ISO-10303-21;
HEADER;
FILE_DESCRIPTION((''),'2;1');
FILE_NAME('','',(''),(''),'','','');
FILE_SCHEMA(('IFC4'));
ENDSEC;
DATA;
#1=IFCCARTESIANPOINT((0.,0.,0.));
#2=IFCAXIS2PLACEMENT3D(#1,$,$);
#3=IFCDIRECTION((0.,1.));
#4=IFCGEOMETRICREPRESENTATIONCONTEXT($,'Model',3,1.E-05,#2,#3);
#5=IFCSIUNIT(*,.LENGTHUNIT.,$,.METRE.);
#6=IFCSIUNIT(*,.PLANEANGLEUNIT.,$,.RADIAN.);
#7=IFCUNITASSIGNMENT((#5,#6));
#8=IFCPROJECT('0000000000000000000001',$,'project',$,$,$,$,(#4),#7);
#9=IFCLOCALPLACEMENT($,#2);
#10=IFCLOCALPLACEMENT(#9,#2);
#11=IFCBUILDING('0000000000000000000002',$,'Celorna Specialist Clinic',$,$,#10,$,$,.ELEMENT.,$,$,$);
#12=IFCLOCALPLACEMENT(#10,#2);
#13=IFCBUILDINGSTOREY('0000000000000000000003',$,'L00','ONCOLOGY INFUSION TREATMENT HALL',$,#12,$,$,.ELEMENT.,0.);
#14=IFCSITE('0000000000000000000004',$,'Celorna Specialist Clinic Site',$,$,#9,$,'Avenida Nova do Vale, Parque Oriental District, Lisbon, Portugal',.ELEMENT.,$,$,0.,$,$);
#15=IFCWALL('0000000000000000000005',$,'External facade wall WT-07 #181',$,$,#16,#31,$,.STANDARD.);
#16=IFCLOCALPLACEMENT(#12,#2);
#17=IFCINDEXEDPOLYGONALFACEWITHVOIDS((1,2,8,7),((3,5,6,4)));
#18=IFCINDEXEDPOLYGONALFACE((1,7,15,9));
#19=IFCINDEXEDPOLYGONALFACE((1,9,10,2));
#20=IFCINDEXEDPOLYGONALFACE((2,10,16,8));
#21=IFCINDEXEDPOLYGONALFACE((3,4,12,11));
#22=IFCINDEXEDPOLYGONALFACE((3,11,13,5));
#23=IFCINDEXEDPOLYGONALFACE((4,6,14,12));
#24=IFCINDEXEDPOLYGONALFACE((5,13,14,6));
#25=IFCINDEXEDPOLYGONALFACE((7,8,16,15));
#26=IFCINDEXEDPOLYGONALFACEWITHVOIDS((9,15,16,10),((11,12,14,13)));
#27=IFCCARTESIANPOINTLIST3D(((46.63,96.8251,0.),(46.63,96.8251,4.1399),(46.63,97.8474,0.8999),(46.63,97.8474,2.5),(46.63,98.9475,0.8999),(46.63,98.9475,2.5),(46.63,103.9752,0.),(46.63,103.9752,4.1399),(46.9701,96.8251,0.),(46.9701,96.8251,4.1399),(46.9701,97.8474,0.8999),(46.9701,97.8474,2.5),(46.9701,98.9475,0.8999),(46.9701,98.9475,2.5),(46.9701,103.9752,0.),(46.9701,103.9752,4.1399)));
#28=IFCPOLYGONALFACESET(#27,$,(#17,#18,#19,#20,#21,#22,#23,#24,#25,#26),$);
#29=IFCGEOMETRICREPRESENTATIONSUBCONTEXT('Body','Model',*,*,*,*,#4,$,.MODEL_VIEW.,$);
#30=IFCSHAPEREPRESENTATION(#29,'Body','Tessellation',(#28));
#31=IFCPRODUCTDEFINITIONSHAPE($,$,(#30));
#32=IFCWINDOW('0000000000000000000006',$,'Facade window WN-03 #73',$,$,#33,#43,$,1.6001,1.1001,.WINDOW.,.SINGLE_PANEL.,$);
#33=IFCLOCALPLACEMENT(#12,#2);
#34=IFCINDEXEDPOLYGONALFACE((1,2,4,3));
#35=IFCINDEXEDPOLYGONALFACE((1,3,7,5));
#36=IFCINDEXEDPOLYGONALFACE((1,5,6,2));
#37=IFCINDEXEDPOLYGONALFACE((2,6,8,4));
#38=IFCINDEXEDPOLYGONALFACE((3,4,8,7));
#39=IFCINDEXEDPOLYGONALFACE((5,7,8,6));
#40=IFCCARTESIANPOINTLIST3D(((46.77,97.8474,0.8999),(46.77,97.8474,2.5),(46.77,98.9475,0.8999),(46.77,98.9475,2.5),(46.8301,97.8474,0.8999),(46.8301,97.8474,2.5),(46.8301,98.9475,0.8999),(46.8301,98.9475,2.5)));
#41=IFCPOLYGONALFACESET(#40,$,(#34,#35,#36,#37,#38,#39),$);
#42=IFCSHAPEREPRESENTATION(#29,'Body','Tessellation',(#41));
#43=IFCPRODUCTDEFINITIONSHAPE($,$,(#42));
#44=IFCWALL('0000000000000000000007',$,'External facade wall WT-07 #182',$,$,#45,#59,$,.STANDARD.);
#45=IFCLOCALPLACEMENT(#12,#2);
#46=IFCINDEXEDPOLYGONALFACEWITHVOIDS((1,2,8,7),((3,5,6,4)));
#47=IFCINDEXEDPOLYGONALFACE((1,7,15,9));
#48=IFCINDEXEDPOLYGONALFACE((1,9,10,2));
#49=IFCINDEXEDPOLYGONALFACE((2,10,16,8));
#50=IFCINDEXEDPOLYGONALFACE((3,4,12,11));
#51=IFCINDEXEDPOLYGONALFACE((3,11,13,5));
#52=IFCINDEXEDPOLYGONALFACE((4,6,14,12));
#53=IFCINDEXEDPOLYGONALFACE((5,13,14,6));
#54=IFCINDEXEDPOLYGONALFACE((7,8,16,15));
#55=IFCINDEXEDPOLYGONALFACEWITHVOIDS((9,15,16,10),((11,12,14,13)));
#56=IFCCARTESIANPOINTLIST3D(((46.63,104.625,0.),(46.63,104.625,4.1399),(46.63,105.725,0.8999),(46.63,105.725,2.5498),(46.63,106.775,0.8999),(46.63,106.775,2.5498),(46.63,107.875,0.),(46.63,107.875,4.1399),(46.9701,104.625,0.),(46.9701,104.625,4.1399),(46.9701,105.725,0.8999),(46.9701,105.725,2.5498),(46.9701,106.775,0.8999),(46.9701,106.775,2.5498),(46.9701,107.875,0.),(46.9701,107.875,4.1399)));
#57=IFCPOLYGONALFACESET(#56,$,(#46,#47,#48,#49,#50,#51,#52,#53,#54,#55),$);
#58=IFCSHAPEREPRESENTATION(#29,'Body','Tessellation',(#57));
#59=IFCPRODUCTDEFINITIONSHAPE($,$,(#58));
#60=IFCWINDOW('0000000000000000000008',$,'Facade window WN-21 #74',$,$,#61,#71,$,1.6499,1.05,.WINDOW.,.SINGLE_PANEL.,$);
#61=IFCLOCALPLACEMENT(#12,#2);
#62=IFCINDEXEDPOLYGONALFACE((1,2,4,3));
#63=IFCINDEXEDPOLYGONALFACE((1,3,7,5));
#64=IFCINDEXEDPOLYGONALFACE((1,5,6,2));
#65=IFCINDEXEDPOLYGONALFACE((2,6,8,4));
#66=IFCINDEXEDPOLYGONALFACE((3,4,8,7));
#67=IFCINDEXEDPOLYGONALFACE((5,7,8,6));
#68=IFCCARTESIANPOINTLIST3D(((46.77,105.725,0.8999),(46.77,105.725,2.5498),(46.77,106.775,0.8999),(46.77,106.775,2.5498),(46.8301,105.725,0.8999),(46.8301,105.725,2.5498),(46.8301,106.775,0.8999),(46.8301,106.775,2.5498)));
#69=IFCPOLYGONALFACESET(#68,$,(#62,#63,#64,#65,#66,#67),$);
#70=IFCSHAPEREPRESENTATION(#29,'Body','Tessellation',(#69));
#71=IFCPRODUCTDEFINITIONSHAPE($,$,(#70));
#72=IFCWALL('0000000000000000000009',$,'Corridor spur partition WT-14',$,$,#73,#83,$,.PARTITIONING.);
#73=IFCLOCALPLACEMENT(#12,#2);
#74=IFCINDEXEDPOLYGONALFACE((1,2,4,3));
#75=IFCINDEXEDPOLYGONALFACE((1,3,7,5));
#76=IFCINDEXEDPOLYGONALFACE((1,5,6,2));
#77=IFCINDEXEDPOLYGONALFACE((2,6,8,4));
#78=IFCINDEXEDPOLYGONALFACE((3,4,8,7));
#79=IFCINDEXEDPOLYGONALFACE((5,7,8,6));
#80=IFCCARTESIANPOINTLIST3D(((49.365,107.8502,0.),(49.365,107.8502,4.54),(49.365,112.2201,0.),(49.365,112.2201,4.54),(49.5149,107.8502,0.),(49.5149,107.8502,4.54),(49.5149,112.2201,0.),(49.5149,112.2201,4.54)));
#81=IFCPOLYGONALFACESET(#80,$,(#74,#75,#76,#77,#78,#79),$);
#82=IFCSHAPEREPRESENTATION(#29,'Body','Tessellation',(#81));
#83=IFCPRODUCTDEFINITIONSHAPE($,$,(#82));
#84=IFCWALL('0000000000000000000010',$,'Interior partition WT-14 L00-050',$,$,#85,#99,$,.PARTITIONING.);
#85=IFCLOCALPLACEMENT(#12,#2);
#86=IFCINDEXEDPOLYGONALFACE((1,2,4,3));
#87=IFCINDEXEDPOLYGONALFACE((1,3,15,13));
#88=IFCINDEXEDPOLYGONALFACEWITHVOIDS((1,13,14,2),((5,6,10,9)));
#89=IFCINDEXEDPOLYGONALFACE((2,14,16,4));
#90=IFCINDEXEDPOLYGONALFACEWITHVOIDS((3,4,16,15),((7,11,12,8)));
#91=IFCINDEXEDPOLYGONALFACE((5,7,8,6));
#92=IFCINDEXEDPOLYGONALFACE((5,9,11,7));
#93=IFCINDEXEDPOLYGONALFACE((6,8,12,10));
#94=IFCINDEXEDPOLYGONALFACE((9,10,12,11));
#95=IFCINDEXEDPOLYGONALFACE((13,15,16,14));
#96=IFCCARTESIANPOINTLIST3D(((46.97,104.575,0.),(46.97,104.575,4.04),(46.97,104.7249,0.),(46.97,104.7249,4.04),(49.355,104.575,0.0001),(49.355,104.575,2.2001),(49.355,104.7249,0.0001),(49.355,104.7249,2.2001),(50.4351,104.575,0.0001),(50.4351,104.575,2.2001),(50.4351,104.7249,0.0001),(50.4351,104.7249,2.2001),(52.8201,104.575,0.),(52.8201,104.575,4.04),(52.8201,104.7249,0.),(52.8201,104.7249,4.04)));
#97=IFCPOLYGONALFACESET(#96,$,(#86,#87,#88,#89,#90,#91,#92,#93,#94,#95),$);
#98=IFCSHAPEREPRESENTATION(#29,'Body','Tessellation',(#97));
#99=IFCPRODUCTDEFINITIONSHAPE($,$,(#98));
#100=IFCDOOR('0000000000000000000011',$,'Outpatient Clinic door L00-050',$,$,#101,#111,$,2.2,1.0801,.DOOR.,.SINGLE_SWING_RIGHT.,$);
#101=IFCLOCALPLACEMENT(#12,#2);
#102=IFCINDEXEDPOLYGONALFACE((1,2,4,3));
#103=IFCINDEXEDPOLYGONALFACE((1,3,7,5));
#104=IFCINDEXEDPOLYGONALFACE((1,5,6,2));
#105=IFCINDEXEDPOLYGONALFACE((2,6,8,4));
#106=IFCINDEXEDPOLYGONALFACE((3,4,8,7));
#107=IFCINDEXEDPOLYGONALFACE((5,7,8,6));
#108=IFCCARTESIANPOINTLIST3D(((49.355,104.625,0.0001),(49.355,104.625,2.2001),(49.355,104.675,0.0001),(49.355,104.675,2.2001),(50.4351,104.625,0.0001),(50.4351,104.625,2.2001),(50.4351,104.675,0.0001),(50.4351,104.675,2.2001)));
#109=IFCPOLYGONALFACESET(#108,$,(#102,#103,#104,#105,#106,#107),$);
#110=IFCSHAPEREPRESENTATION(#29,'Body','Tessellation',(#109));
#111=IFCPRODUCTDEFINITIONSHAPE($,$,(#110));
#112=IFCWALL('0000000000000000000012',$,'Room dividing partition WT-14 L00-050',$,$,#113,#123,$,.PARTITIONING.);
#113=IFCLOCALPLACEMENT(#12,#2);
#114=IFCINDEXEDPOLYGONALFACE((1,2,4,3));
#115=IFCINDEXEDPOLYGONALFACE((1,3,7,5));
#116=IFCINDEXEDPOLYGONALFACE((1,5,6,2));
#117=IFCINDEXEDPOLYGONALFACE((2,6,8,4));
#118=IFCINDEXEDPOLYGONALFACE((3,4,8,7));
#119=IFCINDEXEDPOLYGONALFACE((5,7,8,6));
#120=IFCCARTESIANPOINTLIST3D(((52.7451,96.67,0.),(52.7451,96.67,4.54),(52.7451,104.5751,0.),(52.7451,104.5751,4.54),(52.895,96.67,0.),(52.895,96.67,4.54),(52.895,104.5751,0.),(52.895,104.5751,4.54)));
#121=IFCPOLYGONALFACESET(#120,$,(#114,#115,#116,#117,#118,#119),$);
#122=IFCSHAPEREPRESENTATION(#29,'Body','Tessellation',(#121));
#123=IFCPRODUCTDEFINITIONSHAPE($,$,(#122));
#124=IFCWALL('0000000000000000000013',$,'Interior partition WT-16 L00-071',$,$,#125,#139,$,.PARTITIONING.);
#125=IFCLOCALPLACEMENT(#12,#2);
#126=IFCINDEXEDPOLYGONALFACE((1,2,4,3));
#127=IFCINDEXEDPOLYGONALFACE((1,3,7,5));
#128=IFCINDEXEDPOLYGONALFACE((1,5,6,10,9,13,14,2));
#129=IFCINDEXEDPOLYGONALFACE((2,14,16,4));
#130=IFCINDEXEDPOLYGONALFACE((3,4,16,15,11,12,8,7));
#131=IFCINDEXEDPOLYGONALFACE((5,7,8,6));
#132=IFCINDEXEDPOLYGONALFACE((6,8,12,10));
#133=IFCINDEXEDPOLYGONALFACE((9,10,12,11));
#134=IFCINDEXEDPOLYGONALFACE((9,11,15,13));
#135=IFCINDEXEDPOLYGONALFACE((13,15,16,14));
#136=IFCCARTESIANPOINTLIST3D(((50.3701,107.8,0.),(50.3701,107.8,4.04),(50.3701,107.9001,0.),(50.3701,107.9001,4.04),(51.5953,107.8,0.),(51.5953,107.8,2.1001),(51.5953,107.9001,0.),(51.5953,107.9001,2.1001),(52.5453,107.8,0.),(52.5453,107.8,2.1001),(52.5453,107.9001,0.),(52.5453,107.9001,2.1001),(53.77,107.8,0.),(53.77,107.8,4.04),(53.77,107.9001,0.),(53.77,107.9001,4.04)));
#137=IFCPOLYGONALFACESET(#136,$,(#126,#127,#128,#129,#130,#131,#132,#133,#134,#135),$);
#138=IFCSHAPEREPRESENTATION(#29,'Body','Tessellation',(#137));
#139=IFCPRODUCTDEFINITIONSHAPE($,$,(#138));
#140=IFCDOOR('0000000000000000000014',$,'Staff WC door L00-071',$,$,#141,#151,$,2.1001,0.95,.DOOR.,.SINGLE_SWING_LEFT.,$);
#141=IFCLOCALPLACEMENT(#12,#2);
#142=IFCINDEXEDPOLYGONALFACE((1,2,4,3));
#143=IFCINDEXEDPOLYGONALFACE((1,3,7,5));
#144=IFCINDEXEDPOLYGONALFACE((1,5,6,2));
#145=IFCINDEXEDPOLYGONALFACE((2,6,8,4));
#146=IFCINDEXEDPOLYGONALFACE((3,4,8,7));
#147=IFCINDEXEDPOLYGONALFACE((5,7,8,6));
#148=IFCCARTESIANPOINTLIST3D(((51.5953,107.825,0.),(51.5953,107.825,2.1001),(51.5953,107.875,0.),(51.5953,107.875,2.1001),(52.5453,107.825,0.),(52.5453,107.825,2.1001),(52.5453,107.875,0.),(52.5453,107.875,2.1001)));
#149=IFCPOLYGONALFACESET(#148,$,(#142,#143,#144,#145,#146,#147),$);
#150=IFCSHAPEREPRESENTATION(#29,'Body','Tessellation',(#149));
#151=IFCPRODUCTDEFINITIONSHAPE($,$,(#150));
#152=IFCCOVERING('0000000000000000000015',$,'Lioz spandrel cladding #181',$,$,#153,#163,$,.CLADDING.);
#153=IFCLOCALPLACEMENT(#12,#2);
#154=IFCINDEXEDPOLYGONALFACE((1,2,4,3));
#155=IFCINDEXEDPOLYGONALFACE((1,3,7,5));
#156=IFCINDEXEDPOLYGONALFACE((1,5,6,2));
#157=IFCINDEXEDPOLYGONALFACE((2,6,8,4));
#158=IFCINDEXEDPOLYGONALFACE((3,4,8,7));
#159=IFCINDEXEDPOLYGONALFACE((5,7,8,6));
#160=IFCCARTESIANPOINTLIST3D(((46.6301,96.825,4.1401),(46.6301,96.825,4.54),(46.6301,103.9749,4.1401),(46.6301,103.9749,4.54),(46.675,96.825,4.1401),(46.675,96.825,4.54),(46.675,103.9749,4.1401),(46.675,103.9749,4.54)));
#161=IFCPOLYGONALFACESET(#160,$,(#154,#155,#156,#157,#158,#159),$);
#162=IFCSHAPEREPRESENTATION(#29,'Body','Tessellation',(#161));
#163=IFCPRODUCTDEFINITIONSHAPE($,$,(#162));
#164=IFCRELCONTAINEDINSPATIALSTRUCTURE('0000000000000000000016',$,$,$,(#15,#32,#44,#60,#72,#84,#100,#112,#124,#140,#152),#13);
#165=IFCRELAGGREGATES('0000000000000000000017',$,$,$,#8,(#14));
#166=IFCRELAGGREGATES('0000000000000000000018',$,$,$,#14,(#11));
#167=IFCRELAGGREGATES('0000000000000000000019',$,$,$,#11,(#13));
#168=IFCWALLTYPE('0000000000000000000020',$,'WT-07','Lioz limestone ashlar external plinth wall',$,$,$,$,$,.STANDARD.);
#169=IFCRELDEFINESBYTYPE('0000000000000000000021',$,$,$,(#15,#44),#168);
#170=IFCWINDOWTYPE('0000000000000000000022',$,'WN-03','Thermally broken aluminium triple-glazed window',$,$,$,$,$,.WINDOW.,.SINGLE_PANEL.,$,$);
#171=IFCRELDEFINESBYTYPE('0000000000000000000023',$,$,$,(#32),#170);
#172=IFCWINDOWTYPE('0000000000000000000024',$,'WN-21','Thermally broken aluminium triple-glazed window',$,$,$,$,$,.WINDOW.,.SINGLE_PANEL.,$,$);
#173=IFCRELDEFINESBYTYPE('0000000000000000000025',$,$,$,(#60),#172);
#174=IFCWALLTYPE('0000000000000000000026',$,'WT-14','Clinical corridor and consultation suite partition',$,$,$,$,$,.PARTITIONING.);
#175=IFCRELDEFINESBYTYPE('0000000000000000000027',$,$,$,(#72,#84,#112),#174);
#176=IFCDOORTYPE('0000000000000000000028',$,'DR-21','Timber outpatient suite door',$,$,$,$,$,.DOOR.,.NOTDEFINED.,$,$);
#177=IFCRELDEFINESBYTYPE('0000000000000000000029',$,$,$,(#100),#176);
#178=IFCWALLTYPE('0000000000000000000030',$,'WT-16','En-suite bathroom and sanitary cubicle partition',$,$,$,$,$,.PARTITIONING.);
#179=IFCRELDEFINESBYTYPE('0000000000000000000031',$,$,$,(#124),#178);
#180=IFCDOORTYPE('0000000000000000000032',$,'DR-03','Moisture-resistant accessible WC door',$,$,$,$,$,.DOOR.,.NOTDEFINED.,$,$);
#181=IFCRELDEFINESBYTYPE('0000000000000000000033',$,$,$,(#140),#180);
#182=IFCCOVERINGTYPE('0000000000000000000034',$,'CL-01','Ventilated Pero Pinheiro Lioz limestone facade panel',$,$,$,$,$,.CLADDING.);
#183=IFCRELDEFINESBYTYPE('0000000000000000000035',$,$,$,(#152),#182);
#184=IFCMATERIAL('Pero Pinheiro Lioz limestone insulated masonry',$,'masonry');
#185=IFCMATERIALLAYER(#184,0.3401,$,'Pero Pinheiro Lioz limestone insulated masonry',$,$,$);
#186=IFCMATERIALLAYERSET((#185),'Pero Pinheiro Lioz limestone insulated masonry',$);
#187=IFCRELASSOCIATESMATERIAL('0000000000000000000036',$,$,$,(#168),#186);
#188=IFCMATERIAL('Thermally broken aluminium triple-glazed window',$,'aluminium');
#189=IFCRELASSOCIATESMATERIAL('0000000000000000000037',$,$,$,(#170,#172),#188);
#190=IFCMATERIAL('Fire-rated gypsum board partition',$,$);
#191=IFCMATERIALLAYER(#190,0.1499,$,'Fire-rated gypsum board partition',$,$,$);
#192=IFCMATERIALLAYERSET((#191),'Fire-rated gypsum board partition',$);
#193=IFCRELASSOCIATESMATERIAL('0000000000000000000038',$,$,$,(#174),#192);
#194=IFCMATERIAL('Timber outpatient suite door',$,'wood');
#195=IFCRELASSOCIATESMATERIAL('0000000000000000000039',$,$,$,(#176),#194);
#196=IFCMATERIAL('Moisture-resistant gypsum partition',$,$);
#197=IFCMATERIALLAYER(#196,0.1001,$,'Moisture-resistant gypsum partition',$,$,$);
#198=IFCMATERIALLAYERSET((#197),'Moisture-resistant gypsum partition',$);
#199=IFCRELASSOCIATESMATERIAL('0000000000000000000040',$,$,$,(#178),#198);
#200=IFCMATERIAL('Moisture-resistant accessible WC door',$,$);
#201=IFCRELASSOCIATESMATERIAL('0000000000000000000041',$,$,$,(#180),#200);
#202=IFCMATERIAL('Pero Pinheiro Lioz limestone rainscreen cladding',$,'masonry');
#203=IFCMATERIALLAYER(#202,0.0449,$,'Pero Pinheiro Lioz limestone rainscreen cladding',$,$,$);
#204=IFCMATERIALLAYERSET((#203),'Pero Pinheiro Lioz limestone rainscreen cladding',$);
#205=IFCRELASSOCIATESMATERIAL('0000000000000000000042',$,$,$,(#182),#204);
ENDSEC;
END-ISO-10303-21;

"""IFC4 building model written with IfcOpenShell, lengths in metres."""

from ifc_helpers import new_model, si_unit, direction, frame, frame_2d, origin, origin_2d, place, context, subcontext, project, spatial, rectangle, extrude, material, layer, layer_set, type_object, element, fill, save


model = new_model("IFC4")

# Units and contexts
model_context = context("Model", 3, precision=1e-05, world=origin(), true_north=direction((0.0, 1.0)))
body_context = subcontext(model_context, "Body", "Model", "MODEL_VIEW")
ifc_project = project(units=[si_unit("LENGTHUNIT", "METRE"), si_unit("PLANEANGLEUNIT", "RADIAN")], contexts=[model_context])

# Site, building, storey
site_placement = place(None, origin())
site = spatial("IfcSite", under=ifc_project, at=site_placement, Name="Celorna Specialist Clinic Site", LongName="Avenida Nova do Vale, Parque Oriental District, Lisbon, Portugal", CompositionType="ELEMENT", RefElevation=0.0)
building_placement = place(site_placement, origin())
building = spatial("IfcBuilding", under=site, at=building_placement, Name="Celorna Specialist Clinic", CompositionType="ELEMENT")
storey_placement = place(building_placement, origin())
storey = spatial("IfcBuildingStorey", under=building, at=storey_placement, Name="L00", Description="ONCOLOGY INFUSION TREATMENT HALL", CompositionType="ELEMENT", Elevation=0.0)

# Walls, openings, windows
ifc_material_1 = material(Name="Pero Pinheiro Lioz limestone insulated masonry", Category="masonry")
ifc_layer_1 = layer(ifc_material_1, 0.3401, Name="Pero Pinheiro Lioz limestone insulated masonry")
ifc_layer_set_1 = layer_set([ifc_layer_1], Name="Pero Pinheiro Lioz limestone insulated masonry")
wall_type_1 = type_object("IfcWallType", Name="WT-07", Description="Lioz limestone ashlar external plinth wall", PredefinedType="STANDARD", material=ifc_layer_set_1)
wall_1_placement = place(storey_placement, frame((46.8, 96.825, 0.0), z_axis=(0.0, 0.0, 1.0), x_axis=(0.0, 1.0, 0.0)))
wall_1 = element("IfcWall", 1, at=wall_1_placement, inside=storey, type_object=wall_type_1, Name="External facade wall WT-07 #181", PredefinedType="STANDARD", context=body_context, shape_type="SweptSolid", body=[
    extrude(rectangle(XDim=7.1501, YDim=0.3401, at=frame_2d((3.5752, 0.0))), origin(), (0.0, 0.0, 1.0), 4.1399),
])
opening_1_placement = place(wall_1_placement, frame((1.0225, 0.0, 0.8999)))
opening_1 = element("IfcOpeningElement", 2, at=opening_1_placement, cuts=wall_1, PredefinedType="OPENING", context=body_context, shape_type="SweptSolid", body=[
    extrude(rectangle(XDim=1.1001, YDim=1.6001, at=frame_2d((0.55, 0.8))), frame((0.0, 0.1799, 0.0), z_axis=(0.0, -1.0, 0.0), x_axis=(1.0, 0.0, 0.0)), (0.0, 0.0, 1.0), 0.3601),
])
ifc_material_2 = material(Name="Thermally broken aluminium triple-glazed window", Category="aluminium")
window_type_1 = type_object("IfcWindowType", Name="WN-03", Description="Thermally broken aluminium triple-glazed window", PartitioningType="SINGLE_PANEL", PredefinedType="WINDOW", material=ifc_material_2)
window_1_placement = place(opening_1_placement, origin())
window_1 = element("IfcWindow", 3, at=window_1_placement, inside=storey, type_object=window_type_1, Name="Facade window WN-03 #73", OverallHeight=1.6001, OverallWidth=1.1001, PartitioningType="SINGLE_PANEL", PredefinedType="WINDOW", context=body_context, shape_type="SweptSolid", body=[
    extrude(rectangle(XDim=1.1001, YDim=1.6001, at=frame_2d((0.55, 0.8))), frame((0.0, 0.03, 0.0), z_axis=(0.0, -1.0, 0.0), x_axis=(1.0, 0.0, 0.0)), (0.0, 0.0, 1.0), 0.0601),
])
fill(opening_1, window_1)
wall_2_placement = place(storey_placement, frame((46.8, 104.625, 0.0), z_axis=(0.0, 0.0, 1.0), x_axis=(0.0, 1.0, 0.0)))
wall_2 = element("IfcWall", 4, at=wall_2_placement, inside=storey, type_object=wall_type_1, Name="External facade wall WT-07 #182", PredefinedType="STANDARD", context=body_context, shape_type="SweptSolid", body=[
    extrude(rectangle(XDim=3.25, YDim=0.3401, at=frame_2d((1.625, 0.0))), origin(), (0.0, 0.0, 1.0), 4.1399),
])
opening_2_placement = place(wall_2_placement, frame((1.1001, 0.0, 0.8999)))
opening_2 = element("IfcOpeningElement", 5, at=opening_2_placement, cuts=wall_2, PredefinedType="OPENING", context=body_context, shape_type="SweptSolid", body=[
    extrude(rectangle(XDim=1.05, YDim=1.6499, at=frame_2d((0.5249, 0.825))), frame((0.0, 0.1799, 0.0), z_axis=(0.0, -1.0, 0.0), x_axis=(1.0, 0.0, 0.0)), (0.0, 0.0, 1.0), 0.3601),
])
window_type_2 = type_object("IfcWindowType", Name="WN-21", Description="Thermally broken aluminium triple-glazed window", PartitioningType="SINGLE_PANEL", PredefinedType="WINDOW", material=ifc_material_2)
window_2_placement = place(opening_2_placement, origin())
window_2 = element("IfcWindow", 6, at=window_2_placement, inside=storey, type_object=window_type_2, Name="Facade window WN-21 #74", OverallHeight=1.6499, OverallWidth=1.05, PartitioningType="SINGLE_PANEL", PredefinedType="WINDOW", context=body_context, shape_type="SweptSolid", body=[
    extrude(rectangle(XDim=1.05, YDim=1.6499, at=frame_2d((0.5249, 0.825))), frame((0.0, 0.03, 0.0), z_axis=(0.0, -1.0, 0.0), x_axis=(1.0, 0.0, 0.0)), (0.0, 0.0, 1.0), 0.0601),
])
fill(opening_2, window_2)

# Wall
ifc_material_3 = material(Name="Fire-rated gypsum board partition")
ifc_layer_2 = layer(ifc_material_3, 0.1499, Name="Fire-rated gypsum board partition")
ifc_layer_set_2 = layer_set([ifc_layer_2], Name="Fire-rated gypsum board partition")
wall_type_2 = type_object("IfcWallType", Name="WT-14", Description="Clinical corridor and consultation suite partition", PredefinedType="PARTITIONING", material=ifc_layer_set_2)
wall_3_placement = place(storey_placement, frame((49.4399, 107.8501, 0.0), z_axis=(0.0, 0.0, 1.0), x_axis=(0.0, 1.0, 0.0)))
element("IfcWall", 7, at=wall_3_placement, inside=storey, type_object=wall_type_2, Name="Corridor spur partition WT-14", PredefinedType="PARTITIONING", context=body_context, shape_type="SweptSolid", body=[
    extrude(rectangle(XDim=4.3699, YDim=0.1499, at=frame_2d((2.1851, 0.0))), origin(), (0.0, 0.0, 1.0), 4.54),
])

# Wall, opening, door
wall_4_placement = place(storey_placement, frame((52.8201, 104.6499, 0.0), z_axis=(0.0, 0.0, 1.0), x_axis=(-1.0, 0.0, 0.0)))
wall_4 = element("IfcWall", 8, at=wall_4_placement, inside=storey, type_object=wall_type_2, Name="Interior partition WT-14 L00-050", PredefinedType="PARTITIONING", context=body_context, shape_type="SweptSolid", body=[
    extrude(rectangle(XDim=5.8501, YDim=0.1499, at=frame_2d((2.925, 0.0))), origin(), (0.0, 0.0, 1.0), 4.04),
])
opening_3_placement = place(wall_4_placement, frame((2.385, 0.0, 0.0)))
opening_3 = element("IfcOpeningElement", 9, at=opening_3_placement, cuts=wall_4, PredefinedType="OPENING", context=body_context, shape_type="SweptSolid", body=[
    extrude(rectangle(XDim=1.0801, YDim=2.2, at=frame_2d((0.54, 1.1001))), frame((0.0, 0.085, 0.0), z_axis=(0.0, -1.0, 0.0), x_axis=(1.0, 0.0, 0.0)), (0.0, 0.0, 1.0), 0.1699),
])
ifc_material_4 = material(Name="Timber outpatient suite door", Category="wood")
door_type_1 = type_object("IfcDoorType", Name="DR-21", Description="Timber outpatient suite door", OperationType="NOTDEFINED", PredefinedType="DOOR", material=ifc_material_4)
door_1_placement = place(opening_3_placement, origin())
door_1 = element("IfcDoor", 10, at=door_1_placement, inside=storey, type_object=door_type_1, Name="Outpatient Clinic door L00-050", OperationType="SINGLE_SWING_RIGHT", OverallHeight=2.2, OverallWidth=1.0801, PredefinedType="DOOR", context=body_context, shape_type="SweptSolid", body=[
    extrude(rectangle(XDim=1.0801, YDim=2.2, at=frame_2d((0.54, 1.1001))), frame((0.0, 0.0249, 0.0), z_axis=(0.0, -1.0, 0.0), x_axis=(1.0, 0.0, 0.0)), (0.0, 0.0, 1.0), 0.05),
])
fill(opening_3, door_1)

# Wall
wall_5_placement = place(storey_placement, frame((52.8201, 96.6699, 0.0), z_axis=(0.0, 0.0, 1.0), x_axis=(0.0, 1.0, 0.0)))
element("IfcWall", 11, at=wall_5_placement, inside=storey, type_object=wall_type_2, Name="Room dividing partition WT-14 L00-050", PredefinedType="PARTITIONING", context=body_context, shape_type="SweptSolid", body=[
    extrude(rectangle(XDim=7.905, YDim=0.1499, at=frame_2d((3.9526, 0.0))), origin(), (0.0, 0.0, 1.0), 4.54),
])

# Wall, opening, door
ifc_material_5 = material(Name="Moisture-resistant gypsum partition")
ifc_layer_3 = layer(ifc_material_5, 0.1001, Name="Moisture-resistant gypsum partition")
ifc_layer_set_3 = layer_set([ifc_layer_3], Name="Moisture-resistant gypsum partition")
wall_type_3 = type_object("IfcWallType", Name="WT-16", Description="En-suite bathroom and sanitary cubicle partition", PredefinedType="PARTITIONING", material=ifc_layer_set_3)
wall_6_placement = place(storey_placement, frame((50.3701, 107.8501, 0.0), z_axis=(0.0, 0.0, 1.0), x_axis=(1.0, 0.0, 0.0)))
wall_6 = element("IfcWall", 12, at=wall_6_placement, inside=storey, type_object=wall_type_3, Name="Interior partition WT-16 L00-071", PredefinedType="PARTITIONING", context=body_context, shape_type="SweptSolid", body=[
    extrude(rectangle(XDim=3.3999, YDim=0.1001, at=frame_2d((1.7, 0.0))), origin(), (0.0, 0.0, 1.0), 4.04),
])
opening_4_placement = place(wall_6_placement, frame((1.2251, 0.0, 0.0)))
opening_4 = element("IfcOpeningElement", 13, at=opening_4_placement, cuts=wall_6, PredefinedType="OPENING", context=body_context, shape_type="SweptSolid", body=[
    extrude(rectangle(XDim=0.95, YDim=2.1001, at=frame_2d((0.4751, 1.05))), frame((0.0, 0.0601, 0.0), z_axis=(0.0, -1.0, 0.0), x_axis=(1.0, 0.0, 0.0)), (0.0, 0.0, 1.0), 0.1201),
])
ifc_material_6 = material(Name="Moisture-resistant accessible WC door")
door_type_2 = type_object("IfcDoorType", Name="DR-03", Description="Moisture-resistant accessible WC door", OperationType="NOTDEFINED", PredefinedType="DOOR", material=ifc_material_6)
door_2_placement = place(opening_4_placement, origin())
door_2 = element("IfcDoor", 14, at=door_2_placement, inside=storey, type_object=door_type_2, Name="Staff WC door L00-071", OperationType="SINGLE_SWING_LEFT", OverallHeight=2.1001, OverallWidth=0.95, PredefinedType="DOOR", context=body_context, shape_type="SweptSolid", body=[
    extrude(rectangle(XDim=0.95, YDim=2.1001, at=frame_2d((0.4751, 1.05))), frame((0.0, 0.0249, 0.0), z_axis=(0.0, -1.0, 0.0), x_axis=(1.0, 0.0, 0.0)), (0.0, 0.0, 1.0), 0.05),
])
fill(opening_4, door_2)

# Covering
ifc_material_7 = material(Name="Pero Pinheiro Lioz limestone rainscreen cladding", Category="masonry")
ifc_layer_4 = layer(ifc_material_7, 0.0449, Name="Pero Pinheiro Lioz limestone rainscreen cladding")
ifc_layer_set_4 = layer_set([ifc_layer_4], Name="Pero Pinheiro Lioz limestone rainscreen cladding")
covering_type = type_object("IfcCoveringType", Name="CL-01", Description="Ventilated Pero Pinheiro Lioz limestone facade panel", PredefinedType="CLADDING", material=ifc_layer_set_4)
covering_1_placement = place(storey_placement, frame((46.6526, 100.3999, 4.1401), z_axis=(0.0, 0.0, 1.0), x_axis=(0.0, 1.0, 0.0)))
element("IfcCovering", 15, at=covering_1_placement, inside=storey, type_object=covering_type, Name="Lioz spandrel cladding #181", PredefinedType="CLADDING", context=body_context, shape_type="SweptSolid", body=[
    extrude(rectangle(XDim=7.1499, YDim=0.0449, at=origin_2d()), origin(), (0.0, 0.0, 1.0), 0.3999),
])

save(model, "model.ifc")
